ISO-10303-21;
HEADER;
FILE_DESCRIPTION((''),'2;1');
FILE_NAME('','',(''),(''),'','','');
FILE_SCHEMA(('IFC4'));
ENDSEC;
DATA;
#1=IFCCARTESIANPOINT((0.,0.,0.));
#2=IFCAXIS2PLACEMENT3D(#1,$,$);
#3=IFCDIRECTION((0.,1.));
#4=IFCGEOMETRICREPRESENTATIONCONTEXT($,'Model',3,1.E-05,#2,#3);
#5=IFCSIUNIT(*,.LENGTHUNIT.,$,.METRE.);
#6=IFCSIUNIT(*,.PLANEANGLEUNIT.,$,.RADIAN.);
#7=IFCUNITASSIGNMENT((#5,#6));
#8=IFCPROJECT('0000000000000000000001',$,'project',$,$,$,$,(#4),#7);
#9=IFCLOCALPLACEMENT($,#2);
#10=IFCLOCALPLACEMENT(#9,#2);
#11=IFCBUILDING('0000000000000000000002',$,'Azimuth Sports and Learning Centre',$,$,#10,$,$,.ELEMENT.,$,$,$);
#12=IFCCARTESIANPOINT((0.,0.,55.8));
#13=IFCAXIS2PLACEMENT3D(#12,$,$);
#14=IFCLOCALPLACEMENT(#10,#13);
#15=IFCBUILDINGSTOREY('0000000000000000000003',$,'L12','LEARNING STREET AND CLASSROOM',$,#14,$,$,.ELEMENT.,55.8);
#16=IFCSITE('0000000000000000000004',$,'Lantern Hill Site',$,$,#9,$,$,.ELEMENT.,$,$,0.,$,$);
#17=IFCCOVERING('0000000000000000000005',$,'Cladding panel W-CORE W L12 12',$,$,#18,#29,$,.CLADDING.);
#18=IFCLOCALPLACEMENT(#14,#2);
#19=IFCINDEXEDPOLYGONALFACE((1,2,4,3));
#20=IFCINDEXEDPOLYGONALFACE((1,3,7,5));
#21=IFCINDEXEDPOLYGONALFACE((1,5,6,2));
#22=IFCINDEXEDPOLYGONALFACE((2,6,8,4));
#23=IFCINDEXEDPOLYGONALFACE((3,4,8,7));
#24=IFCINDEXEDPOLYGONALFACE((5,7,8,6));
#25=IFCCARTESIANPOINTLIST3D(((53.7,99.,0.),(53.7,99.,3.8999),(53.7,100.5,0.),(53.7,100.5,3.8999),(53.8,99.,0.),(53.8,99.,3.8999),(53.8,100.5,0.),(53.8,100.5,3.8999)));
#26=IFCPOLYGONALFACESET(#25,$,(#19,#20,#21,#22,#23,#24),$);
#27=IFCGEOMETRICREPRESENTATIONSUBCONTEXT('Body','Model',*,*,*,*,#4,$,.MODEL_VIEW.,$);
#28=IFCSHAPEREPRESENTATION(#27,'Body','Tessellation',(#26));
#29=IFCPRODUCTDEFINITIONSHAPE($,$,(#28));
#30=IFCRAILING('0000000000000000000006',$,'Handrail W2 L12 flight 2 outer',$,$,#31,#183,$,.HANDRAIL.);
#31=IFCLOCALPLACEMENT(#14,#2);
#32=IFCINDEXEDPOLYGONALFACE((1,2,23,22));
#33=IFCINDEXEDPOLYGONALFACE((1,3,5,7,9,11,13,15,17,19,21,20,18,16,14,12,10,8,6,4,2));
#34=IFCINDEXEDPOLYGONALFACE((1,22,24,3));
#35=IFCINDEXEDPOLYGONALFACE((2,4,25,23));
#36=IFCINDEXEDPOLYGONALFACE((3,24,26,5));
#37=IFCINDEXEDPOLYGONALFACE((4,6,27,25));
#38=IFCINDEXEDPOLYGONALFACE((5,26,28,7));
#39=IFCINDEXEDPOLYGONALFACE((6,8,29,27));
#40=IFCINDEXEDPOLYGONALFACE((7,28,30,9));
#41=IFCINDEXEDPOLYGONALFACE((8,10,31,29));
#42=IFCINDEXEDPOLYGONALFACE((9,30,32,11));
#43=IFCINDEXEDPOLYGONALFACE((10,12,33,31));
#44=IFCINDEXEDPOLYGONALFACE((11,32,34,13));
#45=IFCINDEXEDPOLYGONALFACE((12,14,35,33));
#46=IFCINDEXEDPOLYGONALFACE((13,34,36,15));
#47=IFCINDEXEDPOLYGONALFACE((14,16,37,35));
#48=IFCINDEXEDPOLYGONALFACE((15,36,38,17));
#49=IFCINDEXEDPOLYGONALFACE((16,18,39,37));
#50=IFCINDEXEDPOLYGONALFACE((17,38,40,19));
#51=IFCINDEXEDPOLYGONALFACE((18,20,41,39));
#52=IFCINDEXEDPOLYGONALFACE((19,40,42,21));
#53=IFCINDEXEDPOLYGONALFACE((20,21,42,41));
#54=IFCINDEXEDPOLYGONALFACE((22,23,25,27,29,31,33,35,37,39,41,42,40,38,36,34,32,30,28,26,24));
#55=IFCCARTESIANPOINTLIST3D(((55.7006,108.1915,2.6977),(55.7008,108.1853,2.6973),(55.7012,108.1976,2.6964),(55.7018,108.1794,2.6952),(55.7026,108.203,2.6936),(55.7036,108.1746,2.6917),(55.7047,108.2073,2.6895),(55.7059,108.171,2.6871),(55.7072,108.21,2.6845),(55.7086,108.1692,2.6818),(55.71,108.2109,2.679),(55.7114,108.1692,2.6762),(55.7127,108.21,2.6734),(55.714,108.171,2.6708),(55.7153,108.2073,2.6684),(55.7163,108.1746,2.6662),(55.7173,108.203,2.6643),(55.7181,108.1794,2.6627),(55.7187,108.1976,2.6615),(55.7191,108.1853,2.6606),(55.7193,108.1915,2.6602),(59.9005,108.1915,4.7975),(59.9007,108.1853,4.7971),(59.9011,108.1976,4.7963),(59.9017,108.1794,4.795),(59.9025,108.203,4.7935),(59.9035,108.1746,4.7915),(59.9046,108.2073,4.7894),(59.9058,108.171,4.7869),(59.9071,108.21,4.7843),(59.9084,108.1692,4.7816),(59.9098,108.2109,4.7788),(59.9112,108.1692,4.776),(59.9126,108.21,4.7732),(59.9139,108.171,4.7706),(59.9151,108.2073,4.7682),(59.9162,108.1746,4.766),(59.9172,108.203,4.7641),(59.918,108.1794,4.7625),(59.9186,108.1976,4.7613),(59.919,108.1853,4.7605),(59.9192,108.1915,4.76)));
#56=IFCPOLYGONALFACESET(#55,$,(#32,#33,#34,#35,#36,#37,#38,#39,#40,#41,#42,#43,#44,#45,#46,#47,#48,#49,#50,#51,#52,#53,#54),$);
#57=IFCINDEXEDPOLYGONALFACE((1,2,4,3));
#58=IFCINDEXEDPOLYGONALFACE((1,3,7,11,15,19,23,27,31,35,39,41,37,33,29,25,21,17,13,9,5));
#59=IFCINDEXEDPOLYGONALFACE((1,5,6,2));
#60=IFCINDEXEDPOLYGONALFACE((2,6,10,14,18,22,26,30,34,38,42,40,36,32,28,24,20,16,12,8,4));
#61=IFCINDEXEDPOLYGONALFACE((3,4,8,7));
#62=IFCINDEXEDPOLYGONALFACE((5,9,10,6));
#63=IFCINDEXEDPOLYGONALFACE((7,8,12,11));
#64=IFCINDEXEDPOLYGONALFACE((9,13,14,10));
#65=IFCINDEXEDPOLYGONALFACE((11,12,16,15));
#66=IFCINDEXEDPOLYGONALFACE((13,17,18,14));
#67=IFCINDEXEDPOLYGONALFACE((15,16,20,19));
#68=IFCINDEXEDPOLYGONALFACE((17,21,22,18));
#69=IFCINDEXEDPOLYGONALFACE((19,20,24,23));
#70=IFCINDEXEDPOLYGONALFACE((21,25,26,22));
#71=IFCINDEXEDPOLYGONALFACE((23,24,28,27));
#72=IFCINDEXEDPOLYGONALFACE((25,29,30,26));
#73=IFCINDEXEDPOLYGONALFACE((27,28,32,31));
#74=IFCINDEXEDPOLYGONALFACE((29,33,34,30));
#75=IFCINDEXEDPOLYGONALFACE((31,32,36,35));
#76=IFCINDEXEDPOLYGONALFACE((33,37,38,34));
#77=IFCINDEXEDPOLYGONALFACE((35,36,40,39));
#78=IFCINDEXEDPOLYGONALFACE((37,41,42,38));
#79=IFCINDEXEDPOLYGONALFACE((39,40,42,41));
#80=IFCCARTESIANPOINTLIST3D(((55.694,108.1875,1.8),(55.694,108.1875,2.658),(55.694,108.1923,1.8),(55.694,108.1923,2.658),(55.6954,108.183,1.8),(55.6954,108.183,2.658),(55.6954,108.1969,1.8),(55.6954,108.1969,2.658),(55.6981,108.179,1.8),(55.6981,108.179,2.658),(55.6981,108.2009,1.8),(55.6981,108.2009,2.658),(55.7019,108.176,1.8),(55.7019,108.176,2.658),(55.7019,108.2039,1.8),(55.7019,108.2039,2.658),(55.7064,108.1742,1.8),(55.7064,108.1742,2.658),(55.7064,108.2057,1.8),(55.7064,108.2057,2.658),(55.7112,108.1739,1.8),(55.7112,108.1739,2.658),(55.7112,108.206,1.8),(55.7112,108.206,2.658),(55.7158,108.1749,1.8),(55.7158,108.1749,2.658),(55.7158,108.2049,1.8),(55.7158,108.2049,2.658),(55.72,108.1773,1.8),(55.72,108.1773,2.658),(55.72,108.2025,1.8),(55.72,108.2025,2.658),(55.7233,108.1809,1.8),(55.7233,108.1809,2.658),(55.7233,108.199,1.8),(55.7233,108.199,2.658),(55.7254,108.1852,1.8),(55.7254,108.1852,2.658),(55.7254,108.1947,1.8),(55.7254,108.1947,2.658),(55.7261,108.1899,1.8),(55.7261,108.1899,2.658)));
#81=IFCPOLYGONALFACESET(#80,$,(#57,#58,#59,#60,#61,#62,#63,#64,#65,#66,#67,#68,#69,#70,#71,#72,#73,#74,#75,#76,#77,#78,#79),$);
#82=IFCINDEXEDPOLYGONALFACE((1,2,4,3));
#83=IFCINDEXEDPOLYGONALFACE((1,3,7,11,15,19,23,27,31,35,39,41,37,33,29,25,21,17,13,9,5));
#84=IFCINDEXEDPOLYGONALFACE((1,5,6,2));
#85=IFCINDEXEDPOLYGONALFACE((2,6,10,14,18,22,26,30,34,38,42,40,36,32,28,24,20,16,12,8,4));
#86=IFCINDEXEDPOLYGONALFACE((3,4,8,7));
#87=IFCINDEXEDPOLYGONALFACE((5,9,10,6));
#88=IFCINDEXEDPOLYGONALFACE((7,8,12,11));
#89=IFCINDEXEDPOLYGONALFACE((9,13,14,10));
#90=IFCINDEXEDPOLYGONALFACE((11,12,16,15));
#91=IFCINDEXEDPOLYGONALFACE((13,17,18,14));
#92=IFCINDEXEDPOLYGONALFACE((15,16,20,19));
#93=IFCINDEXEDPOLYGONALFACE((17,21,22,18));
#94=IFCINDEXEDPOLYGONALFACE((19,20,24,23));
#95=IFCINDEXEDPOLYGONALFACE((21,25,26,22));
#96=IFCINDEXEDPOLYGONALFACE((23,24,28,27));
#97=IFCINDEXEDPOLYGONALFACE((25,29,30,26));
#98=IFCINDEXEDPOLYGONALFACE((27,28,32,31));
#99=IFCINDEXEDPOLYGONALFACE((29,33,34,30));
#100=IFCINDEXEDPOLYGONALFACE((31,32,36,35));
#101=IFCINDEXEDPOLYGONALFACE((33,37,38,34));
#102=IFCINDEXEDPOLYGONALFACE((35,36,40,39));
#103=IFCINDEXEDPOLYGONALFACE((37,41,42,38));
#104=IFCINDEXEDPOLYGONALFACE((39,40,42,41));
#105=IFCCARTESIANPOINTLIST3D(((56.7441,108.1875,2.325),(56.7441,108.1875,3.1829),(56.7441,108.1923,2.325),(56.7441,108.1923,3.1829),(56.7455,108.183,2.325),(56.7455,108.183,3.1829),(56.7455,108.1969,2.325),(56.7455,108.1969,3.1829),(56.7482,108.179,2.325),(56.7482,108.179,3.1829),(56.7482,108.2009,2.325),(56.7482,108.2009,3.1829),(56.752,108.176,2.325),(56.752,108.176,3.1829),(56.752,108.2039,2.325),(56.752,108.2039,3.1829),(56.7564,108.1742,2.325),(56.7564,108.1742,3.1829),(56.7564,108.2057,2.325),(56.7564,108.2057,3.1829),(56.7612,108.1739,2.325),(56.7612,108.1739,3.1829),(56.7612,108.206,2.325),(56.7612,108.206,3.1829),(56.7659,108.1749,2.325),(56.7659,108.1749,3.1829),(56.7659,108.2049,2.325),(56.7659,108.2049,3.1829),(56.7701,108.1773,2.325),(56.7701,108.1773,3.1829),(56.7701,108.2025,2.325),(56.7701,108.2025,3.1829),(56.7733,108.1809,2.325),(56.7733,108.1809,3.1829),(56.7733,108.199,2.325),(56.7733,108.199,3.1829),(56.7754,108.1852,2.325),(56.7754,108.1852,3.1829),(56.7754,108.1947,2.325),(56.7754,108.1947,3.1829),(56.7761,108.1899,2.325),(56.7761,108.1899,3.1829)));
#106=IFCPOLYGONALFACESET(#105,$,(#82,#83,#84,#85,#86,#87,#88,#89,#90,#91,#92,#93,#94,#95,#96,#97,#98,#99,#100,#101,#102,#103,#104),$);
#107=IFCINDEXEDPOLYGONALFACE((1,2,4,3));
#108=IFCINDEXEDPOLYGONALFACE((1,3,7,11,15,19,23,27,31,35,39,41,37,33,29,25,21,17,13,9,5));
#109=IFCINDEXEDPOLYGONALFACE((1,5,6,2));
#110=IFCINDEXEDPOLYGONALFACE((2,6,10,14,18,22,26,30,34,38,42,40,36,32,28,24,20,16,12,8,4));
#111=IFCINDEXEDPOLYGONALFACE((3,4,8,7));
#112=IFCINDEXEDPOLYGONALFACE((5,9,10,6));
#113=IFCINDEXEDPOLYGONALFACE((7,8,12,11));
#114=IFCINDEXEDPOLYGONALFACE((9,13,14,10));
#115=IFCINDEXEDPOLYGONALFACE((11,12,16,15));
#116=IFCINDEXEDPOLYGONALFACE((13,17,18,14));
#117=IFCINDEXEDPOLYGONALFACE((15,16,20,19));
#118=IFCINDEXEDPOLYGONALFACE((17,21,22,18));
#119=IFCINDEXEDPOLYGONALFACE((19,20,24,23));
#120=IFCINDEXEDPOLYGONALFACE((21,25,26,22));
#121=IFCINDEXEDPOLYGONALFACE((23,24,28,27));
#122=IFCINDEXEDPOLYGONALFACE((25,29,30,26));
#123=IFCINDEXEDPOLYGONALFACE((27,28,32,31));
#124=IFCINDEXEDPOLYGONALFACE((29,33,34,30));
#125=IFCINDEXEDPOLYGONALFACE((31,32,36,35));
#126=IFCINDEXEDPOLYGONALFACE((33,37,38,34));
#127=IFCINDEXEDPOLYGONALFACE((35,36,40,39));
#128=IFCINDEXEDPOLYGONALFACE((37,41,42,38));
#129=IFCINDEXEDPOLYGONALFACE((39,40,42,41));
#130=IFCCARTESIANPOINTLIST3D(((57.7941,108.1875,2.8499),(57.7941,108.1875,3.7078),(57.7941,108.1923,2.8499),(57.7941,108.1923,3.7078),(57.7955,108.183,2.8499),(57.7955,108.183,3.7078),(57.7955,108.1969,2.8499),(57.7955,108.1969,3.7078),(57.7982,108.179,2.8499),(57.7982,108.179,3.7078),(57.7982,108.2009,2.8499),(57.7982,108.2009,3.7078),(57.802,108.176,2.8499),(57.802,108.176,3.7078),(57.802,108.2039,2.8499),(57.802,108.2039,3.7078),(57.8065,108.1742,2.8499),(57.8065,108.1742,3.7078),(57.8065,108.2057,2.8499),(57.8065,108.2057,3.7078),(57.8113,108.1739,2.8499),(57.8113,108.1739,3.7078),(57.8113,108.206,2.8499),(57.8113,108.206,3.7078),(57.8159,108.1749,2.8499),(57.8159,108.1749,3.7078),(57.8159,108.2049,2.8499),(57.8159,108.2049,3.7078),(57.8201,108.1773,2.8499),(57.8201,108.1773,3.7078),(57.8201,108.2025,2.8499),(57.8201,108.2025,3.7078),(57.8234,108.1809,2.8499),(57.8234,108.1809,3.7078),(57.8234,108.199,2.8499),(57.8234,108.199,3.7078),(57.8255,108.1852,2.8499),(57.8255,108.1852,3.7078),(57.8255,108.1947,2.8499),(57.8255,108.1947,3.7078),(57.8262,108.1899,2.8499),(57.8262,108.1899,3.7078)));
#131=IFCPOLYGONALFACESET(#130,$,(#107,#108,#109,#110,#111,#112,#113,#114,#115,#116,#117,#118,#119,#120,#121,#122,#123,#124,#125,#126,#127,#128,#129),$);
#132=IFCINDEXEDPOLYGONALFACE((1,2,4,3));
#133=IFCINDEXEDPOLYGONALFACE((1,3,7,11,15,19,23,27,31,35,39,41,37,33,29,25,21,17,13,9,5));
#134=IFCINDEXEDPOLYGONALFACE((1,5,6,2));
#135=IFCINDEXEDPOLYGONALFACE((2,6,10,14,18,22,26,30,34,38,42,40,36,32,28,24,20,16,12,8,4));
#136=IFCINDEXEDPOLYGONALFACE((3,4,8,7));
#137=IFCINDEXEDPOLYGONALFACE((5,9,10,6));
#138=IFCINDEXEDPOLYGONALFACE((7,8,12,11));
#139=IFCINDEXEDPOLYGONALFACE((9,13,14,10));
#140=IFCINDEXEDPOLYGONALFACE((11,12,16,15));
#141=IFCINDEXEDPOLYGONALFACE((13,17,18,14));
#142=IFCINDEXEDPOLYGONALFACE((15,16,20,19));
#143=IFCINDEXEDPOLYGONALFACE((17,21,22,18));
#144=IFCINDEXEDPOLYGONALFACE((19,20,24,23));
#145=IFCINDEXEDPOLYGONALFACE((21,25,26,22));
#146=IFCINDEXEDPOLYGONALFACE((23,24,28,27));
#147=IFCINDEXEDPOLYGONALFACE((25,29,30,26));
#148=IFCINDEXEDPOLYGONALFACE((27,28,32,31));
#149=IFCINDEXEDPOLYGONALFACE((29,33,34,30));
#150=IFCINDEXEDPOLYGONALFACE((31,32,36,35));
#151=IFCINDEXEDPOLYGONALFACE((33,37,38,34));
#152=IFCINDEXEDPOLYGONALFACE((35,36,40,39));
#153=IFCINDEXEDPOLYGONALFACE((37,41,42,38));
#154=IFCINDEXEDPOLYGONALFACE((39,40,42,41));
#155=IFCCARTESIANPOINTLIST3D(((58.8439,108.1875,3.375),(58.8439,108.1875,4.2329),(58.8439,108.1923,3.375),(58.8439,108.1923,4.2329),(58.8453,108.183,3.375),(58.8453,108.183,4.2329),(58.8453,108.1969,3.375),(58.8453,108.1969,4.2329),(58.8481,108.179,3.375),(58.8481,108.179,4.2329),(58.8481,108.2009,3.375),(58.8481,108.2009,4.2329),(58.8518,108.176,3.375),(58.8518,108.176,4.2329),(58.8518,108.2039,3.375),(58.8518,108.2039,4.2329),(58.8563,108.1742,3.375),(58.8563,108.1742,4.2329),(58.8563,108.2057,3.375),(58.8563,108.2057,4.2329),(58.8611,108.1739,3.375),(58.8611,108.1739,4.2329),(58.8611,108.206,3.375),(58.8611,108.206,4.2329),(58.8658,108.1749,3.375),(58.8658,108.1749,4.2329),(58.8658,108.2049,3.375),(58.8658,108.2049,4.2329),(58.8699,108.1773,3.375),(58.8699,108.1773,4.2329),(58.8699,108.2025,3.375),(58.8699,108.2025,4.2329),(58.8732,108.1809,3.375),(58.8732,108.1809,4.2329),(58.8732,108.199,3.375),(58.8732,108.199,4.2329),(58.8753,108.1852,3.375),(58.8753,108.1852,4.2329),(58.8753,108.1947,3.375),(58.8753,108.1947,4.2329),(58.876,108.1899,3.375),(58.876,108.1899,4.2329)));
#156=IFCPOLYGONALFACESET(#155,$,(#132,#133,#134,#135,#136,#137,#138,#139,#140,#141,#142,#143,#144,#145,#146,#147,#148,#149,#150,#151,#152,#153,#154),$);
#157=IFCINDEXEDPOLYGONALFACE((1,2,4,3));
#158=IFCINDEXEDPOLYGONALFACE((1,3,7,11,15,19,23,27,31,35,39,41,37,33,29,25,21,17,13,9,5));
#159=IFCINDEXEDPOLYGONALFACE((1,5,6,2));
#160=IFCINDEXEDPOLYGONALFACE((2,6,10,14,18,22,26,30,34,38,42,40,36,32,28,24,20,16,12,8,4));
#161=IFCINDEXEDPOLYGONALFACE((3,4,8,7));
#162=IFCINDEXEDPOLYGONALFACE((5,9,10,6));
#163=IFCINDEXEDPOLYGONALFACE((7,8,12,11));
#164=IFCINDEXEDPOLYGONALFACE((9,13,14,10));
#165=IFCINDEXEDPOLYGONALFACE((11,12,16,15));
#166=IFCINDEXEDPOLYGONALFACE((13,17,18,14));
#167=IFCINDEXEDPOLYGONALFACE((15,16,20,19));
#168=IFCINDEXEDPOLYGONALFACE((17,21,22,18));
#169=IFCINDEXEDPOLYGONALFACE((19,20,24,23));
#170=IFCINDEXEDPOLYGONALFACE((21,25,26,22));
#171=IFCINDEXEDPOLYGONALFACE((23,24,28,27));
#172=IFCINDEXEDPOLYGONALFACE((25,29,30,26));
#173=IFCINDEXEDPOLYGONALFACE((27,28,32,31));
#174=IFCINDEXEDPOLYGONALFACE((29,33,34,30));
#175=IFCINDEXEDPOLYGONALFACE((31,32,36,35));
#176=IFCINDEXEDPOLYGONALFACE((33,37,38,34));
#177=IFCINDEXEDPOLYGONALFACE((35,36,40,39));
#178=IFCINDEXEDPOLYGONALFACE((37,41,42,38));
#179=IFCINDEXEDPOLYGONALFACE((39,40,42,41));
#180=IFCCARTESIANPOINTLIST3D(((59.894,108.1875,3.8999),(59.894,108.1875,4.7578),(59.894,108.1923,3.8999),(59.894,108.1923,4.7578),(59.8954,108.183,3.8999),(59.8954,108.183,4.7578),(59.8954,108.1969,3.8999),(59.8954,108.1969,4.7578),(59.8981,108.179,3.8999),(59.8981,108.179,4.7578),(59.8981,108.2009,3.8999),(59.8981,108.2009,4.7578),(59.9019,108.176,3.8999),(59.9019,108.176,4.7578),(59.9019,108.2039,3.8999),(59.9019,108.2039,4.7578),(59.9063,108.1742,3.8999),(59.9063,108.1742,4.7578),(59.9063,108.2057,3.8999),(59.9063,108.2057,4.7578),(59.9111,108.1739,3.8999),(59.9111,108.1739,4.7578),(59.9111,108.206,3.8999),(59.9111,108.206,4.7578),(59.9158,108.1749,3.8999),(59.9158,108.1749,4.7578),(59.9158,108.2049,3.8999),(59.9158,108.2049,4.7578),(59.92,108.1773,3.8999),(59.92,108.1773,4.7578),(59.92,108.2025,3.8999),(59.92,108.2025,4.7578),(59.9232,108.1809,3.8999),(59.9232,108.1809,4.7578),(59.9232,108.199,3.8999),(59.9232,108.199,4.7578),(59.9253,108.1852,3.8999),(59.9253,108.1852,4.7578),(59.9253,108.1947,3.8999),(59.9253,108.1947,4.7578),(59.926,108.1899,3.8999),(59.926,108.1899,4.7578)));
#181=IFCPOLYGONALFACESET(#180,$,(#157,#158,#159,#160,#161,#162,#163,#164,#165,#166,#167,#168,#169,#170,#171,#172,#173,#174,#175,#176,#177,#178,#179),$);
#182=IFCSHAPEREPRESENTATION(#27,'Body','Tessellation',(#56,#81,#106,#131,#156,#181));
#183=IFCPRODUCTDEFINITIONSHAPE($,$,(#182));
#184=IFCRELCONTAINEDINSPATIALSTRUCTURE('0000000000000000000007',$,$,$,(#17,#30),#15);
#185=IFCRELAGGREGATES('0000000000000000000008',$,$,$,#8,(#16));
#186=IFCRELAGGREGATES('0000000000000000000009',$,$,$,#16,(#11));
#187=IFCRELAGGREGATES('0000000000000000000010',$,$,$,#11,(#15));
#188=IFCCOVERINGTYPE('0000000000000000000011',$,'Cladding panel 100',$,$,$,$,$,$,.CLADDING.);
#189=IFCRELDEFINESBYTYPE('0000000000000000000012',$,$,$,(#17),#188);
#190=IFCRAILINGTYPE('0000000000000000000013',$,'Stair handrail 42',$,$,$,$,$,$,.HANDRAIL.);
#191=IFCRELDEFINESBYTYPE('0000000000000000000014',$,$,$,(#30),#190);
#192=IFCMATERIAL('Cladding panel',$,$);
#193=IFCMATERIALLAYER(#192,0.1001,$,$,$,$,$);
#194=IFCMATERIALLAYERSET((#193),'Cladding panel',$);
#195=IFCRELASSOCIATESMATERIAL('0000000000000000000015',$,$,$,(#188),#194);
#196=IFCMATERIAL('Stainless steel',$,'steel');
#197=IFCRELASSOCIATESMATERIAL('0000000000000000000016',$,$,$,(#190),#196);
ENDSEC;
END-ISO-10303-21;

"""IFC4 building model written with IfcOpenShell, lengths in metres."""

from ifc_helpers import new_model, si_unit, direction, frame, origin, origin_2d, place, context, subcontext, project, spatial, rectangle, circle, extrude, material, layer, layer_set, type_object, element, save


model = new_model("IFC4")

# Units and contexts
model_context = context("Model", 3, precision=1e-05, world=origin(), true_north=direction((0.0, 1.0)))
body_context = subcontext(model_context, "Body", "Model", "MODEL_VIEW")
ifc_project = project(units=[si_unit("LENGTHUNIT", "METRE"), si_unit("PLANEANGLEUNIT", "RADIAN")], contexts=[model_context])

# Site, building, storey
site_placement = place(None, origin())
site = spatial("IfcSite", under=ifc_project, at=site_placement, Name="Lantern Hill Site", CompositionType="ELEMENT", RefElevation=0.0)
building_placement = place(site_placement, origin())
building = spatial("IfcBuilding", under=site, at=building_placement, Name="Azimuth Sports and Learning Centre", CompositionType="ELEMENT")
storey_placement = place(building_placement, frame((0.0, 0.0, 55.8)))
storey = spatial("IfcBuildingStorey", under=building, at=storey_placement, Name="L12", Description="LEARNING STREET AND CLASSROOM", CompositionType="ELEMENT", Elevation=55.8)

# Covering
ifc_material_1 = material(Name="Cladding panel")
ifc_layer_1 = layer(ifc_material_1, 0.1001)
ifc_layer_set_1 = layer_set([ifc_layer_1], Name="Cladding panel")
covering_type = type_object("IfcCoveringType", Name="Cladding panel 100", PredefinedType="CLADDING", material=ifc_layer_set_1)
for number, where, z_axis, x_axis, name in (
    (1, (53.75, 99.75, 0.0), (0.0, 0.0, 1.0), (0.0, -1.0, 0.0), "Cladding panel W-CORE W L12 12"),
):
    element("IfcCovering", number, at=place(storey_placement, frame(where, z_axis=z_axis, x_axis=x_axis)), inside=storey, type_object=covering_type, Name=name, PredefinedType="CLADDING", context=body_context, shape_type="SweptSolid", body=[
        extrude(rectangle(XDim=1.5, YDim=0.1001, at=origin_2d()), origin(), (0.0, 0.0, 1.0), 3.8999),
    ])

# Railing
ifc_material_2 = material(Name="Stainless steel", Category="steel")
railing_type = type_object("IfcRailingType", Name="Stair handrail 42", PredefinedType="HANDRAIL", material=ifc_material_2)
railing_placement = place(storey_placement, frame((55.71, 108.1899, 1.8)))
element("IfcRailing", 2, at=railing_placement, inside=storey, type_object=railing_type, Name="Handrail W2 L12 flight 2 outer", PredefinedType="HANDRAIL", context=body_context, shape_type="SweptSolid", body=[
    extrude(circle(Radius=0.021, at=origin_2d()), frame((0.0, 0.0, 0.8789), z_axis=(0.894438, 0.0, 0.447193), x_axis=(0.0, 1.0, 0.0)), (0.0, 0.0, 1.0), 4.6956),
    extrude(circle(Radius=0.0161, at=origin_2d()), origin(), (0.0, 0.0, 1.0), 0.8579),
    extrude(circle(Radius=0.0161, at=origin_2d()), frame((1.05, 0.0, 0.5249)), (0.0, 0.0, 1.0), 0.8579),
    extrude(circle(Radius=0.0161, at=origin_2d()), frame((2.1001, 0.0, 1.0498)), (0.0, 0.0, 1.0), 0.8579),
    extrude(circle(Radius=0.0161, at=origin_2d()), frame((3.1499, 0.0, 1.575)), (0.0, 0.0, 1.0), 0.8579),
    extrude(circle(Radius=0.0161, at=origin_2d()), frame((4.2, 0.0, 2.0999)), (0.0, 0.0, 1.0), 0.8579),
])

save(model, "model.ifc")
